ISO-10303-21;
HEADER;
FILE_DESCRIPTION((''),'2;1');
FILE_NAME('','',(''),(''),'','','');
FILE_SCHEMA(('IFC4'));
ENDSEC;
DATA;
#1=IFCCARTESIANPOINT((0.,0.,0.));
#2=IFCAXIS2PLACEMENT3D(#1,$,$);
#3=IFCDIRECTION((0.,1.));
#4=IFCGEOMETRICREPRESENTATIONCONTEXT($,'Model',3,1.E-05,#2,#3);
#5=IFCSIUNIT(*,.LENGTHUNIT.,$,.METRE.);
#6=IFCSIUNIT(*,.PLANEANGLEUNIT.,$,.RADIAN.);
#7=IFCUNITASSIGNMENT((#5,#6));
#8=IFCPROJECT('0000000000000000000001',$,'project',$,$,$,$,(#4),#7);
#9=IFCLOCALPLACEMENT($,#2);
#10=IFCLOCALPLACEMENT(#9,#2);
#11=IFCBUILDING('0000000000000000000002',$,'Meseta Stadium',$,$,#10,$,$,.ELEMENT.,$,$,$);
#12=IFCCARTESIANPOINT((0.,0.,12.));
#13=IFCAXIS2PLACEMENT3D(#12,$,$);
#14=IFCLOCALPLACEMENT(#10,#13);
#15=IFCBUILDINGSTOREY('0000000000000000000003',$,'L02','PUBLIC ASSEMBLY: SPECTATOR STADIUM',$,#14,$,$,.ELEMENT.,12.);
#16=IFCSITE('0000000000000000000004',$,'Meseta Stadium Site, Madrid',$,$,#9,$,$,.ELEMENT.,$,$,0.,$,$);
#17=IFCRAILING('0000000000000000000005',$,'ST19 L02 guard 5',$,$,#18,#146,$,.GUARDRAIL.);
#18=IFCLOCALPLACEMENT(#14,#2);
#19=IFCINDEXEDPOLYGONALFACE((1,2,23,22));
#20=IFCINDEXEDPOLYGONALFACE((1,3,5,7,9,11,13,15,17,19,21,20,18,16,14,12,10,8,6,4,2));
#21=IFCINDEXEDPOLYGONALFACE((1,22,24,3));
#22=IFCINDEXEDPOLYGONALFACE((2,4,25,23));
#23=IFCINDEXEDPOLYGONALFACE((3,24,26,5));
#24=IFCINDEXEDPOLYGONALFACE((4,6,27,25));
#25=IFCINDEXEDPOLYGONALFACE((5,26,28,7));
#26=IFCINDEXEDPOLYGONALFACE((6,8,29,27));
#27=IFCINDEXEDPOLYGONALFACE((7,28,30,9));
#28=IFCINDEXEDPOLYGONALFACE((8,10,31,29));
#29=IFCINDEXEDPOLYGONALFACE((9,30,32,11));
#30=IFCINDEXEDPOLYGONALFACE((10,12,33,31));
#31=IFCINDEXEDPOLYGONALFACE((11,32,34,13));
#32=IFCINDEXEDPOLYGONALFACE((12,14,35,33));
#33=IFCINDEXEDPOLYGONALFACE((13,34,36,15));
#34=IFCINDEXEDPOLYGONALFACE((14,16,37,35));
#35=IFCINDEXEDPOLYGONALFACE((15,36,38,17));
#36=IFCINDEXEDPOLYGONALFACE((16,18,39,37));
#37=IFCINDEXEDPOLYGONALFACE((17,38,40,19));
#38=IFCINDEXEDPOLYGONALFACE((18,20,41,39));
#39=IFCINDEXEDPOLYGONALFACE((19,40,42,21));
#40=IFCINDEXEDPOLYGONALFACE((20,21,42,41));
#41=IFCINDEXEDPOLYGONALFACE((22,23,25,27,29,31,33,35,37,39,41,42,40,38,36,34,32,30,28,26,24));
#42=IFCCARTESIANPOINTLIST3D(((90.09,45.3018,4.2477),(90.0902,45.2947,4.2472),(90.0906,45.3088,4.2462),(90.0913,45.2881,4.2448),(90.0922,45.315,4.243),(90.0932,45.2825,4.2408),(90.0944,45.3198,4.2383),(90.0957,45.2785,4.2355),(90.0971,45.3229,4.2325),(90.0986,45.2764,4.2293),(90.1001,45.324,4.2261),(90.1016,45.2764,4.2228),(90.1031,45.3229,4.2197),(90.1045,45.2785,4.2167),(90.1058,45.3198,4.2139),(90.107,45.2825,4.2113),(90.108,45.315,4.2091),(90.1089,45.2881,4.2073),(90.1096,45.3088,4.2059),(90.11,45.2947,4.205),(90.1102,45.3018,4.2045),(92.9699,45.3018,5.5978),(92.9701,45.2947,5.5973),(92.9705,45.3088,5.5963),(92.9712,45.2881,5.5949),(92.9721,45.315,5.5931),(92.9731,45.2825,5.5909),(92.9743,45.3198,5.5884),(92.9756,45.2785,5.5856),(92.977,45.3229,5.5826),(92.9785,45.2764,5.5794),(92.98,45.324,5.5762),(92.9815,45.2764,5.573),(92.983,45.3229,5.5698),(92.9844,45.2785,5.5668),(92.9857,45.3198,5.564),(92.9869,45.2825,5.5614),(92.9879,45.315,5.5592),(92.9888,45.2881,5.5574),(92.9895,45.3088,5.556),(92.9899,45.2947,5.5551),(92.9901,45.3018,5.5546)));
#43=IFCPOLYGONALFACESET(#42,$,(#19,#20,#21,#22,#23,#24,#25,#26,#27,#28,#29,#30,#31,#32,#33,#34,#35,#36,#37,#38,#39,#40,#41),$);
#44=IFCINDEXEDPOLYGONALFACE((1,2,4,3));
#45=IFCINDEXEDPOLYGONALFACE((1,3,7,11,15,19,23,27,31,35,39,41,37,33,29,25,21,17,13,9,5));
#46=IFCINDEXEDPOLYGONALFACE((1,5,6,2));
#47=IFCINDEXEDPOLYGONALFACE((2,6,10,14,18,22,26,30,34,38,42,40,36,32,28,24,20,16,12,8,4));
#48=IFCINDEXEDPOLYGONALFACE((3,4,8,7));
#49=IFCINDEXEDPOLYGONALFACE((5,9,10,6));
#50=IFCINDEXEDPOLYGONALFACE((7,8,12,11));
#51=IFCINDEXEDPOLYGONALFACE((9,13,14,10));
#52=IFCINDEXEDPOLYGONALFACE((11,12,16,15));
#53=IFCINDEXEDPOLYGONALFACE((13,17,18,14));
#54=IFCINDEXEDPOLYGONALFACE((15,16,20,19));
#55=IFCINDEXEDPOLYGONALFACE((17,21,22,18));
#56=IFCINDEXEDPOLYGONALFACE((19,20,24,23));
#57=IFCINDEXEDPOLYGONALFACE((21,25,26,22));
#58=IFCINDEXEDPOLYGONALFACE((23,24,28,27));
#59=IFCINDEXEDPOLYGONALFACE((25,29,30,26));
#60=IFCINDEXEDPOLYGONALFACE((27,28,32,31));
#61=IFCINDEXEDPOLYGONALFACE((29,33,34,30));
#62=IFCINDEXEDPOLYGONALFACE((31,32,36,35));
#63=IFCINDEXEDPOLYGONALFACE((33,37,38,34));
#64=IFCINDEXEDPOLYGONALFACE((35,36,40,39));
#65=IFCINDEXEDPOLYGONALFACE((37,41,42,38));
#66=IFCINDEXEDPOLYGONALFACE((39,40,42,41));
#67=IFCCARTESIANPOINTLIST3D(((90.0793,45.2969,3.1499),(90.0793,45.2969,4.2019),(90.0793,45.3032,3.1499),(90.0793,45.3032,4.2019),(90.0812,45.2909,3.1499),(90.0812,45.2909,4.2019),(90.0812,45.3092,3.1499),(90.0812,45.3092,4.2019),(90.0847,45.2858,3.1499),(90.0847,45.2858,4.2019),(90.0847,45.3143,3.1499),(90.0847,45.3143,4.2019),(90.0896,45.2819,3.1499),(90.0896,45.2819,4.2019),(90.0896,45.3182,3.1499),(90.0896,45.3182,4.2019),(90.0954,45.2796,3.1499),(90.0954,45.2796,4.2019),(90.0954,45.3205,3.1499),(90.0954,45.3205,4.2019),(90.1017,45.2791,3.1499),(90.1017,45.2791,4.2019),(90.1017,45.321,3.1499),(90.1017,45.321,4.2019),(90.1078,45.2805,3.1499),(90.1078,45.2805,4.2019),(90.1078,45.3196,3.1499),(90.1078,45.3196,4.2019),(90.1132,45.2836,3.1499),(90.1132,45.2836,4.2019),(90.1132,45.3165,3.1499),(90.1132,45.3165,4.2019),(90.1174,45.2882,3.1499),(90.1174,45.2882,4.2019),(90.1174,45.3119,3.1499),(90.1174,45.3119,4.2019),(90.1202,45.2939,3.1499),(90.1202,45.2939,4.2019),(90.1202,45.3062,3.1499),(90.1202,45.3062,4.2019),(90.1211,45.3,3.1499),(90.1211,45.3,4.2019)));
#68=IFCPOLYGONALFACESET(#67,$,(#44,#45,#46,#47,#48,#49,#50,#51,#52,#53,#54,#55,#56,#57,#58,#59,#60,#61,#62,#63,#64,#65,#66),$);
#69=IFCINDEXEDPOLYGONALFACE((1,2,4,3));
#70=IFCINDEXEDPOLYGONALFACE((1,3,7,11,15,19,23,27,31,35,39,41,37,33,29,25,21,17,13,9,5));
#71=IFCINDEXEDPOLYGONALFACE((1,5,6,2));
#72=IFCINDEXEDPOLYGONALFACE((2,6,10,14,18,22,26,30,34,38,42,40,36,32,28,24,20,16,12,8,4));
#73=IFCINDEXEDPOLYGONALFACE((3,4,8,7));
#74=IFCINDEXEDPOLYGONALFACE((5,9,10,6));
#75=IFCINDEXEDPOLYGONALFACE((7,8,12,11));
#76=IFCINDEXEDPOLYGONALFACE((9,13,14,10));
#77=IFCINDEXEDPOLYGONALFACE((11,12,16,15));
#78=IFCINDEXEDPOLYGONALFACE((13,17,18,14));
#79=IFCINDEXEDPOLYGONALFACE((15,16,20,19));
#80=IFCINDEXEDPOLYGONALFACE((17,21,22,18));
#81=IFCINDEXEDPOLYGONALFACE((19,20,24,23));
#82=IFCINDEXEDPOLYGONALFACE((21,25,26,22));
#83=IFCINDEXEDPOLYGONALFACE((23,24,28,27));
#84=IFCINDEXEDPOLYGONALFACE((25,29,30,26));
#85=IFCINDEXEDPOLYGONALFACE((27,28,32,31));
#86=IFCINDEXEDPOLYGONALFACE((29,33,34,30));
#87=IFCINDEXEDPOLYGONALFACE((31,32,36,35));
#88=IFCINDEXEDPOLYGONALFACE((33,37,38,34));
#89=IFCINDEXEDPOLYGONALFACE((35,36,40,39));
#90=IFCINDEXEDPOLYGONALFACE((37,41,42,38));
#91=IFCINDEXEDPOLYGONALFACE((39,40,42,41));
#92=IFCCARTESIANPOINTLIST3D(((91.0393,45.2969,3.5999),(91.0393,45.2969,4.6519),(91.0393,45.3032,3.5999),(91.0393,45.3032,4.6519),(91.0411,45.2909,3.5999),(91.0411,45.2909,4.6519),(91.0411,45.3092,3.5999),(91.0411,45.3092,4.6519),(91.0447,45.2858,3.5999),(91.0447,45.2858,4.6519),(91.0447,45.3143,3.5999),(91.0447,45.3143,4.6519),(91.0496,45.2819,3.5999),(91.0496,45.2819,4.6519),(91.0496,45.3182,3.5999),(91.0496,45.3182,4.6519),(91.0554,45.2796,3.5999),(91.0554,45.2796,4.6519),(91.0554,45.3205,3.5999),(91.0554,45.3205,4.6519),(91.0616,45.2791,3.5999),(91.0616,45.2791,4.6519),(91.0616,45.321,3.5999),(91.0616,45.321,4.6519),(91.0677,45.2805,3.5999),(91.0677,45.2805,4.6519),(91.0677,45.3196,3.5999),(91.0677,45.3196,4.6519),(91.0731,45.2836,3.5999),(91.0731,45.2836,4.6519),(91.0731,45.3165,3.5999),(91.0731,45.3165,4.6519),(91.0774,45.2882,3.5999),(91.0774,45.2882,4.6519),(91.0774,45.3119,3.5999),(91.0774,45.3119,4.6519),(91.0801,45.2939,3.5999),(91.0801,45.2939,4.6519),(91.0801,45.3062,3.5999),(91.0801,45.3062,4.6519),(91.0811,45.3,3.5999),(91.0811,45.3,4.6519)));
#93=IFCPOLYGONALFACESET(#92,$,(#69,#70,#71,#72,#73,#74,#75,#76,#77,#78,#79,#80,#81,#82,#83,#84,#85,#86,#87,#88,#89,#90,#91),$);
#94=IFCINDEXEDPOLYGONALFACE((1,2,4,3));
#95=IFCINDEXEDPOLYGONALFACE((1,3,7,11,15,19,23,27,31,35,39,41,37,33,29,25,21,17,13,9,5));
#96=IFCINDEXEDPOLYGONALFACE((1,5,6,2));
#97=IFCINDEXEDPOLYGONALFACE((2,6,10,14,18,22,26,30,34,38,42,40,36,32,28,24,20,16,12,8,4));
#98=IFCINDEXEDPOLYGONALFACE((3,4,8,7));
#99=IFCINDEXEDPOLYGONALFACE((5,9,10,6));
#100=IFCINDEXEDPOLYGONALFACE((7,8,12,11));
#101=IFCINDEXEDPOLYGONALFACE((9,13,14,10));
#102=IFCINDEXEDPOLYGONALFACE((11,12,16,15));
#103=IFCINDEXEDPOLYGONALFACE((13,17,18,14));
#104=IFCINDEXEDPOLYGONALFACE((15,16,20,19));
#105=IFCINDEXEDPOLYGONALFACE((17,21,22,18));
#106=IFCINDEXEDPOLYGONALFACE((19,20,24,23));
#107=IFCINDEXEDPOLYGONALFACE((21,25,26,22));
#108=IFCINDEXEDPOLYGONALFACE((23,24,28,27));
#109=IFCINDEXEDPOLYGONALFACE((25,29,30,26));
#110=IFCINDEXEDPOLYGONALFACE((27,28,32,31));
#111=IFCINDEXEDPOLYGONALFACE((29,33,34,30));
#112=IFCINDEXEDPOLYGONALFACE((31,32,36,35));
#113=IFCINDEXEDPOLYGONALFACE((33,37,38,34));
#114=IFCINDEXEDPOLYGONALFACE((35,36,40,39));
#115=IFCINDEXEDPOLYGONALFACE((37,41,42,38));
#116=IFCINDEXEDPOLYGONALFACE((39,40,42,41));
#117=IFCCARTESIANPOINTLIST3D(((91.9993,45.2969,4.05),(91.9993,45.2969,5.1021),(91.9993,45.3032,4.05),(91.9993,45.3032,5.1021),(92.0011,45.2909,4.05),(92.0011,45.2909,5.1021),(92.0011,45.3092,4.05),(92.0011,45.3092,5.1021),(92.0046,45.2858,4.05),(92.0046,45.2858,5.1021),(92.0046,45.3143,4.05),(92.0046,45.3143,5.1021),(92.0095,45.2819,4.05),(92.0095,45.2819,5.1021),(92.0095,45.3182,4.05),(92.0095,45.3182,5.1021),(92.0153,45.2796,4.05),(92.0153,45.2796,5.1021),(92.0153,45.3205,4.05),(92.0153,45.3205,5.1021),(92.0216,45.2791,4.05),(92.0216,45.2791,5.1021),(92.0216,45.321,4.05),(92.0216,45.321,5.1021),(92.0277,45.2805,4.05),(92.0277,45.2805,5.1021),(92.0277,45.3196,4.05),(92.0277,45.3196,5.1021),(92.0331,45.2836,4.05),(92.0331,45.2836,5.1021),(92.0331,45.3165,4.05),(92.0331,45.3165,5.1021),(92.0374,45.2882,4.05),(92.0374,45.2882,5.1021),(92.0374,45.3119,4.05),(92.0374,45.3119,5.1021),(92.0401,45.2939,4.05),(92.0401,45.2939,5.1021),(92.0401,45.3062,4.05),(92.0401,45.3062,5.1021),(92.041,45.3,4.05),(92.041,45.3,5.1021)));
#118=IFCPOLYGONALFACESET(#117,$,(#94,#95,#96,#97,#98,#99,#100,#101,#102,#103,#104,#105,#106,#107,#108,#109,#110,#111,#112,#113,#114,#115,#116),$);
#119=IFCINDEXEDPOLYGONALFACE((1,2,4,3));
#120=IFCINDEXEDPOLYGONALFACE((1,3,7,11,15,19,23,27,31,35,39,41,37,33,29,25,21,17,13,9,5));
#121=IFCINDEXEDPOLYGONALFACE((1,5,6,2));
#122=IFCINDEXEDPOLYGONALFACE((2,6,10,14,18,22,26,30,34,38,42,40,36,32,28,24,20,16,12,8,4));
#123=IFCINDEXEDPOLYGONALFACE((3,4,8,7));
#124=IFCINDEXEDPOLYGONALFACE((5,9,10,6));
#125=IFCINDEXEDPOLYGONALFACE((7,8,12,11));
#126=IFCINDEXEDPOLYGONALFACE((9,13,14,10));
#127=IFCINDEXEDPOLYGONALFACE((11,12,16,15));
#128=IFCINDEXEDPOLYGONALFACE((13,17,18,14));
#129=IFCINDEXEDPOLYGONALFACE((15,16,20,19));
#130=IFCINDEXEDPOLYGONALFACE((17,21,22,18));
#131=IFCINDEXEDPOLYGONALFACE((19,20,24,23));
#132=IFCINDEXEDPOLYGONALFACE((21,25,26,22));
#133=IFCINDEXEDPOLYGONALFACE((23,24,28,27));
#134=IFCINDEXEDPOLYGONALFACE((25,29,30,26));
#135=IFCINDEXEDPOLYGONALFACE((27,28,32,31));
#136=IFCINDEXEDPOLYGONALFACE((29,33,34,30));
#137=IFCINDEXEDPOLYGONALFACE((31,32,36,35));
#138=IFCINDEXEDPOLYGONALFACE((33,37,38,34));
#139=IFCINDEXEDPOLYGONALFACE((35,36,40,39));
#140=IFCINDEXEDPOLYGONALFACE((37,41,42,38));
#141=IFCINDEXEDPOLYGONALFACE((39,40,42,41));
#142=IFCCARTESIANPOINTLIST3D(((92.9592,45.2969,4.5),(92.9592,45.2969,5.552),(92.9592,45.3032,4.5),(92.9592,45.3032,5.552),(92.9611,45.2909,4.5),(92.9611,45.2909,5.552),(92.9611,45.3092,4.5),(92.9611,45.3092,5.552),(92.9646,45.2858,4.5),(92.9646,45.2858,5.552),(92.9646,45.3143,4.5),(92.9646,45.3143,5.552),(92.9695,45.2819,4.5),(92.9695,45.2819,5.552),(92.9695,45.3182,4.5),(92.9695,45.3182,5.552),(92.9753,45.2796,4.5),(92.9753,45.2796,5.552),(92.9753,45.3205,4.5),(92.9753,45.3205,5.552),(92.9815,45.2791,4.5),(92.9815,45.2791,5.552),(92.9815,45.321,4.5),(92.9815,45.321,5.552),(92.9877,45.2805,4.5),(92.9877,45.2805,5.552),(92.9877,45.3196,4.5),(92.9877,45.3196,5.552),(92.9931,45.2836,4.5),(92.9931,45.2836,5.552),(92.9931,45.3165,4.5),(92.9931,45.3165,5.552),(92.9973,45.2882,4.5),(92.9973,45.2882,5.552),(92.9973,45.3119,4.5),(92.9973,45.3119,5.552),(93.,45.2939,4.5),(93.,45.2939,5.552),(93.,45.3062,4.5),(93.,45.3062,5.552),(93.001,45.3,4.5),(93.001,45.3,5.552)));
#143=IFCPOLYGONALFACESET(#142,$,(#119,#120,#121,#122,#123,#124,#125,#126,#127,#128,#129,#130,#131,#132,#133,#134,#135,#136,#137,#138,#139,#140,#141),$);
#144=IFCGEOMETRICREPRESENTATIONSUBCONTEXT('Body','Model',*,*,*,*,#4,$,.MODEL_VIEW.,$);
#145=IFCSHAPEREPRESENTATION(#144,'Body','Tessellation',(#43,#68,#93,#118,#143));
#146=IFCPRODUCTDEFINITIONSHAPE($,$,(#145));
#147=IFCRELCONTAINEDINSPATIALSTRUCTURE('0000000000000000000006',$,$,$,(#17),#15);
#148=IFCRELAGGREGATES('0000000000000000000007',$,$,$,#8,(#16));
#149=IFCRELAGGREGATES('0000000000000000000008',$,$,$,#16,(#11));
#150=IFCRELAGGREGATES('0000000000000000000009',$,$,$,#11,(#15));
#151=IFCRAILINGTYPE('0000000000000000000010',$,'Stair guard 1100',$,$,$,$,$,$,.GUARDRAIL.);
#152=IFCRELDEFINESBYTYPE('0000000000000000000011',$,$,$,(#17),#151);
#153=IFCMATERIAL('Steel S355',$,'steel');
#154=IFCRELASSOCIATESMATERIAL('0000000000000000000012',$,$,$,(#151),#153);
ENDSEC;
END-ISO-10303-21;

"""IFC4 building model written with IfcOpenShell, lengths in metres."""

from ifc_helpers import new_model, si_unit, direction, frame, origin, origin_2d, place, context, subcontext, project, spatial, circle, extrude, material, type_object, element, save


model = new_model("IFC4")

# Units and contexts
model_context = context("Model", 3, precision=1e-05, world=origin(), true_north=direction((0.0, 1.0)))
body_context = subcontext(model_context, "Body", "Model", "MODEL_VIEW")
ifc_project = project(units=[si_unit("LENGTHUNIT", "METRE"), si_unit("PLANEANGLEUNIT", "RADIAN")], contexts=[model_context])

# Site, building, storey
site_placement = place(None, origin())
site = spatial("IfcSite", under=ifc_project, at=site_placement, Name="Meseta Stadium Site, Madrid", CompositionType="ELEMENT", RefElevation=0.0)
building_placement = place(site_placement, origin())
building = spatial("IfcBuilding", under=site, at=building_placement, Name="Meseta Stadium", CompositionType="ELEMENT")
storey_placement = place(building_placement, frame((0.0, 0.0, 12.0)))
storey = spatial("IfcBuildingStorey", under=building, at=storey_placement, Name="L02", Description="PUBLIC ASSEMBLY: SPECTATOR STADIUM", CompositionType="ELEMENT", Elevation=12.0)

# Railing
ifc_material_1 = material(Name="Steel S355", Category="steel")
railing_type_1 = type_object("IfcRailingType", Name="Stair guard 1100", PredefinedType="GUARDRAIL", material=ifc_material_1)
railing_1_placement = place(storey_placement, frame((90.1001, 45.3, 3.1499)))
element("IfcRailing", 1, at=railing_1_placement, inside=storey, type_object=railing_type_1, Name="ST19 L02 guard 5", PredefinedType="GUARDRAIL", context=body_context, shape_type="SweptSolid", body=[
    extrude(circle(Radius=0.0239, at=origin_2d()), frame((0.0, 0.0, 1.0762), z_axis=(0.90544, 0.0, 0.424473), x_axis=(0.0, 1.0, 0.0)), (0.0, 0.0, 1.0), 3.1807),
    extrude(circle(Radius=0.021, at=origin_2d()), origin(), (0.0, 0.0, 1.0), 1.052),
    extrude(circle(Radius=0.021, at=origin_2d()), frame((0.96, 0.0, 0.45)), (0.0, 0.0, 1.0), 1.052),
    extrude(circle(Radius=0.021, at=origin_2d()), frame((1.9199, 0.0, 0.9001)), (0.0, 0.0, 1.0), 1.052),
    extrude(circle(Radius=0.021, at=origin_2d()), frame((2.8799, 0.0, 1.3501)), (0.0, 0.0, 1.0), 1.052),
])

save(model, "model.ifc")
